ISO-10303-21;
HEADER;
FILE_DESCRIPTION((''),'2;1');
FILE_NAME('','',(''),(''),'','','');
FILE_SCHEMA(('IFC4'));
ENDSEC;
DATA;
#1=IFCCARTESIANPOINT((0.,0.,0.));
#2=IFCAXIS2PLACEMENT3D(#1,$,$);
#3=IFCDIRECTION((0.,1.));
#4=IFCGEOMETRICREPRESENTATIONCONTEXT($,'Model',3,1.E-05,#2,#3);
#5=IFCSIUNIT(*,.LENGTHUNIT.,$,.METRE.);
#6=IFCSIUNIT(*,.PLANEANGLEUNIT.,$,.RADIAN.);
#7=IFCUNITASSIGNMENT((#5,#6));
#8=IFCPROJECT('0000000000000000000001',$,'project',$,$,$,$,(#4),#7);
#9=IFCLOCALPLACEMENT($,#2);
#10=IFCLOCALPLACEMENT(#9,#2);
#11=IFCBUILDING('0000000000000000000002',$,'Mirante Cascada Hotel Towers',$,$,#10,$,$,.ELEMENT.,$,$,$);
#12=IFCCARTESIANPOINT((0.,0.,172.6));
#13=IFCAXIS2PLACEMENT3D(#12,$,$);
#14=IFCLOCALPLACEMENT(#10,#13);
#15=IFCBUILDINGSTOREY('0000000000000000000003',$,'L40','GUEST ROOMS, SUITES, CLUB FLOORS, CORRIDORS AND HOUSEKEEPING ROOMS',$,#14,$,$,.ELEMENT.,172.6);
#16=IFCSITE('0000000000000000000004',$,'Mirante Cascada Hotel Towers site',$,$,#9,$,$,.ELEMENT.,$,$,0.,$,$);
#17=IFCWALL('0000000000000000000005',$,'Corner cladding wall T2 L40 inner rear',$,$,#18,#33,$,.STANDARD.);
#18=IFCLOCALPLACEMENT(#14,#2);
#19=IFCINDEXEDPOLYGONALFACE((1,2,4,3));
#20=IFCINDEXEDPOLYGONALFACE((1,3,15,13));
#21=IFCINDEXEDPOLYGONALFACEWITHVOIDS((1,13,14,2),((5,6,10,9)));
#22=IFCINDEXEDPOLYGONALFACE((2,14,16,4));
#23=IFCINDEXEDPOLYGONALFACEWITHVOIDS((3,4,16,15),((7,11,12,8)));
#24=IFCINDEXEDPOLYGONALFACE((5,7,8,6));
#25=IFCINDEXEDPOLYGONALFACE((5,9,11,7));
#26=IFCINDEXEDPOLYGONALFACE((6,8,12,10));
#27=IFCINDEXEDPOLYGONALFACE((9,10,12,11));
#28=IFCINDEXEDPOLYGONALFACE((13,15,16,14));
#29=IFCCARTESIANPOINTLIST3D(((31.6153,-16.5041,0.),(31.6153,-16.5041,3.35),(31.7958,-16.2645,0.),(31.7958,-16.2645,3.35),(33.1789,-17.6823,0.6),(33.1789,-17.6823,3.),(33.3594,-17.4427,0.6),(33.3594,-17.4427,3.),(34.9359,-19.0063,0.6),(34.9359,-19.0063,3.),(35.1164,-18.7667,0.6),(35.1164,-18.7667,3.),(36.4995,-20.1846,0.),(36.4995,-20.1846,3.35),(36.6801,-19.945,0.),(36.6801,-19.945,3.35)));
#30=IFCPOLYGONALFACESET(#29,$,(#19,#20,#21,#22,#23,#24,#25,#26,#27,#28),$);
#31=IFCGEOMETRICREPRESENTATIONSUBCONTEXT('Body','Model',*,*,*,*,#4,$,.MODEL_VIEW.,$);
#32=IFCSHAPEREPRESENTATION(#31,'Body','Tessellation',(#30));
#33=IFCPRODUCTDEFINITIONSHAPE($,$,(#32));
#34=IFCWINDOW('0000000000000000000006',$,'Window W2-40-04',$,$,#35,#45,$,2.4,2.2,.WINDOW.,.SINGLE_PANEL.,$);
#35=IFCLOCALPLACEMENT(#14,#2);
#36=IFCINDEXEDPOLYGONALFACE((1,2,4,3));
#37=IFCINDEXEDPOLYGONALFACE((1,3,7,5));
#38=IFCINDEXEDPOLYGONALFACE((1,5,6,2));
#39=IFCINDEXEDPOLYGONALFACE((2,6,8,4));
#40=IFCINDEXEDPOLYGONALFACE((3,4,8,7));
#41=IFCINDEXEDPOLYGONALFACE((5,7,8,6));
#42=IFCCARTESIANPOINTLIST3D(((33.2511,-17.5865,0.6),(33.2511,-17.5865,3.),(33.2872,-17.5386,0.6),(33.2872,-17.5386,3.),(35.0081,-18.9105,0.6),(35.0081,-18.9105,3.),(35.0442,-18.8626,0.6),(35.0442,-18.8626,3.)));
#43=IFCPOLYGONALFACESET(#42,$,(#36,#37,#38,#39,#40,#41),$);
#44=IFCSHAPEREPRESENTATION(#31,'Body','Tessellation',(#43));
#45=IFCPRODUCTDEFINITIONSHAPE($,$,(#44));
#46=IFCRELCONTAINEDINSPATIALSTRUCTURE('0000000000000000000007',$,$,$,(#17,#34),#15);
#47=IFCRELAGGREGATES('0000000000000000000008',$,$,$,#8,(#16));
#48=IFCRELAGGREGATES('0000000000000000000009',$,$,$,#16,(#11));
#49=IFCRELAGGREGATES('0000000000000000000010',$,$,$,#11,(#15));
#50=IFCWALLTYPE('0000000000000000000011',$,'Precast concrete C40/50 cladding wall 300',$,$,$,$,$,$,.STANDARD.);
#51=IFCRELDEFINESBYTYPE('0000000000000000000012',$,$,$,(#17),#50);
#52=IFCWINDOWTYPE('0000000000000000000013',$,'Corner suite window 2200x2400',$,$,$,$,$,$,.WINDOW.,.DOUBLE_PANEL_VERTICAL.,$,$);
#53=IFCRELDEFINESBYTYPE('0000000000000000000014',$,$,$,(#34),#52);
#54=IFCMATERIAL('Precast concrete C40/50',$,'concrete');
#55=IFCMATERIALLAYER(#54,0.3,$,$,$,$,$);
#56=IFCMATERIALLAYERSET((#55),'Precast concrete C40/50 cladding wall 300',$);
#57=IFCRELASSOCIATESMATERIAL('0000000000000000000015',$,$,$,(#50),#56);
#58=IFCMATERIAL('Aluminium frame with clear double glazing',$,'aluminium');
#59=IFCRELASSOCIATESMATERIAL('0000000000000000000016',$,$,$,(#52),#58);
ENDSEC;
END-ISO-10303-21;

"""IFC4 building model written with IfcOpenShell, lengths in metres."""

from ifc_helpers import new_model, si_unit, direction, frame, frame_2d, origin, place, context, subcontext, project, spatial, rectangle, extrude, material, layer, layer_set, type_object, element, fill, save


model = new_model("IFC4")

# Units and contexts
model_context = context("Model", 3, precision=1e-05, world=origin(), true_north=direction((0.0, 1.0)))
body_context = subcontext(model_context, "Body", "Model", "MODEL_VIEW")
ifc_project = project(units=[si_unit("LENGTHUNIT", "METRE"), si_unit("PLANEANGLEUNIT", "RADIAN")], contexts=[model_context])

# Site, building, storey
site_placement = place(None, origin())
site = spatial("IfcSite", under=ifc_project, at=site_placement, Name="Mirante Cascada Hotel Towers site", CompositionType="ELEMENT", RefElevation=0.0)
building_placement = place(site_placement, origin())
building = spatial("IfcBuilding", under=site, at=building_placement, Name="Mirante Cascada Hotel Towers", CompositionType="ELEMENT")
storey_placement = place(building_placement, frame((0.0, 0.0, 172.6)))
storey = spatial("IfcBuildingStorey", under=building, at=storey_placement, Name="L40", Description="GUEST ROOMS, SUITES, CLUB FLOORS, CORRIDORS AND HOUSEKEEPING ROOMS", CompositionType="ELEMENT", Elevation=172.6)

# Wall, opening, window
ifc_material_1 = material(Name="Precast concrete C40/50", Category="concrete")
ifc_layer_1 = layer(ifc_material_1, 0.3)
ifc_layer_set_1 = layer_set([ifc_layer_1], Name="Precast concrete C40/50 cladding wall 300")
wall_type_1 = type_object("IfcWallType", Name="Precast concrete C40/50 cladding wall 300", PredefinedType="STANDARD", material=ifc_layer_set_1)
wall_1_placement = place(storey_placement, frame((31.7056, -16.3843, 0.0), z_axis=(0.0, 0.0, 1.0), x_axis=(0.798636, -0.601814, 0.0)))
wall_1 = element("IfcWall", 1, at=wall_1_placement, inside=storey, type_object=wall_type_1, Name="Corner cladding wall T2 L40 inner rear", PredefinedType="STANDARD", context=body_context, shape_type="SweptSolid", body=[
    extrude(rectangle(XDim=6.1157, YDim=0.3, at=frame_2d((3.0578, 0.0))), origin(), (0.0, 0.0, 1.0), 3.35),
])
opening_1_placement = place(wall_1_placement, frame((1.9578, 0.0, 0.6)))
opening_1 = element("IfcOpeningElement", 2, at=opening_1_placement, cuts=wall_1, PredefinedType="OPENING", context=body_context, shape_type="SweptSolid", body=[
    extrude(rectangle(XDim=2.2, YDim=2.4, at=frame_2d((1.1, 1.2))), frame((0.0, 0.15, 0.0), z_axis=(0.0, -1.0, 0.0), x_axis=(1.0, 0.0, 0.0)), (0.0, 0.0, 1.0), 0.3),
])
ifc_material_2 = material(Name="Aluminium frame with clear double glazing", Category="aluminium")
window_type = type_object("IfcWindowType", Name="Corner suite window 2200x2400", PartitioningType="DOUBLE_PANEL_VERTICAL", PredefinedType="WINDOW", material=ifc_material_2)
window_placement = place(opening_1_placement, origin())
window = element("IfcWindow", 3, at=window_placement, inside=storey, type_object=window_type, Name="Window W2-40-04", OverallHeight=2.4, OverallWidth=2.2, PartitioningType="SINGLE_PANEL", PredefinedType="WINDOW", context=body_context, shape_type="SweptSolid", body=[
    extrude(rectangle(XDim=2.2, YDim=2.4, at=frame_2d((1.1, 1.2))), frame((0.0, 0.03, 0.0), z_axis=(0.0, -1.0, 0.0), x_axis=(1.0, 0.0, 0.0)), (0.0, 0.0, 1.0), 0.06),
])
fill(opening_1, window)

save(model, "model.ifc")
